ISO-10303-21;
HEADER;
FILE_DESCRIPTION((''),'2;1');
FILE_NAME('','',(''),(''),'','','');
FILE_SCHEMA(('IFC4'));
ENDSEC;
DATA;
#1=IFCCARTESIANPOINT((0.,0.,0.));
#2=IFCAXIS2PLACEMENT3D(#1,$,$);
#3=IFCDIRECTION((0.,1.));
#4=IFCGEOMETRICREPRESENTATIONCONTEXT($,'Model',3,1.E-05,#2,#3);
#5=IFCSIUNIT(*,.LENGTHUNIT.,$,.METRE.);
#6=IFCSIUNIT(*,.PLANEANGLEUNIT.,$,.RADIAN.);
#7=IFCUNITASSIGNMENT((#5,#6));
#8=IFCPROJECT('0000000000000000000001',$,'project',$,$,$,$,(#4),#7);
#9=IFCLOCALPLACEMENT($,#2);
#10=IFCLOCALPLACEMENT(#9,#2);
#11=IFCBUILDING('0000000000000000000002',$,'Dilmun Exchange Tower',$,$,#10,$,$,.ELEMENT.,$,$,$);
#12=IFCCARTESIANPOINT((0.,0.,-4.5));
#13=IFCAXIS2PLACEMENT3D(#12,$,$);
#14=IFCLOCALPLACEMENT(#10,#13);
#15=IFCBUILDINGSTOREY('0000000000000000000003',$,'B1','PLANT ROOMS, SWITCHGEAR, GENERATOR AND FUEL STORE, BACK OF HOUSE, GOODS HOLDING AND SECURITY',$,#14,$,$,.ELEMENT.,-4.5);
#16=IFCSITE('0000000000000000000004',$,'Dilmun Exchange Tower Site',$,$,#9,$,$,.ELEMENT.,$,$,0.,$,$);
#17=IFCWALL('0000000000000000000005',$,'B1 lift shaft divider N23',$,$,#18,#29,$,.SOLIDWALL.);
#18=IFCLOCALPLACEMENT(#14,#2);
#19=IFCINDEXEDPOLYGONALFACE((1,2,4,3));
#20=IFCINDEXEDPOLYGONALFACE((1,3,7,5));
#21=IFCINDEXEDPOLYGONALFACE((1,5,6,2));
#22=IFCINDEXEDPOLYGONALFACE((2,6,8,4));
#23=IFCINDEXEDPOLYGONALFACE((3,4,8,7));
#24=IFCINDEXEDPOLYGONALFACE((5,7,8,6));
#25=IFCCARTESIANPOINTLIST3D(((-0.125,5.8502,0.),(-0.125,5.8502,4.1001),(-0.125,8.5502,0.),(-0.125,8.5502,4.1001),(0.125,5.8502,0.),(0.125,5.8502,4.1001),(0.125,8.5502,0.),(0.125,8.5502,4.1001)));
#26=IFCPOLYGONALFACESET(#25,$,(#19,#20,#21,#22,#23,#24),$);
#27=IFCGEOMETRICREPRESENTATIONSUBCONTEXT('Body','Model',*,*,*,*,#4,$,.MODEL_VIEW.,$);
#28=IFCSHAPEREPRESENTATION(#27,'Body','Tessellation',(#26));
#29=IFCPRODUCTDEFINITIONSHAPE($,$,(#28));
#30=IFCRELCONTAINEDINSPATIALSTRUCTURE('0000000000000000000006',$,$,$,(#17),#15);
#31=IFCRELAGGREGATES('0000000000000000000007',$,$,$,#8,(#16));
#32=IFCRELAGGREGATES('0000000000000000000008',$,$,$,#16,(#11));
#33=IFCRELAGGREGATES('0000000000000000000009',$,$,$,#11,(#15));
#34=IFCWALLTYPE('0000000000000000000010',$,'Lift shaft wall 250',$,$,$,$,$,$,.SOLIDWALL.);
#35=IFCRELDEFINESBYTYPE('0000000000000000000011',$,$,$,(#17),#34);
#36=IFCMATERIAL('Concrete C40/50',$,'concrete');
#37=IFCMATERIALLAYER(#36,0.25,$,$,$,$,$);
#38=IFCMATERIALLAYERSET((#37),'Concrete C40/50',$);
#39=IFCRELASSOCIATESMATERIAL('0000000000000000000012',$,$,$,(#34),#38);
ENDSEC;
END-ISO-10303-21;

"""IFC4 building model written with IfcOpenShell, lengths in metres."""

from ifc_helpers import new_model, si_unit, direction, frame, frame_2d, origin, place, context, subcontext, project, spatial, rectangle, extrude, material, layer, layer_set, type_object, element, save


model = new_model("IFC4")

# Units and contexts
model_context = context("Model", 3, precision=1e-05, world=origin(), true_north=direction((0.0, 1.0)))
body_context = subcontext(model_context, "Body", "Model", "MODEL_VIEW")
ifc_project = project(units=[si_unit("LENGTHUNIT", "METRE"), si_unit("PLANEANGLEUNIT", "RADIAN")], contexts=[model_context])

# Site, building, storey
site_placement = place(None, origin())
site = spatial("IfcSite", under=ifc_project, at=site_placement, Name="Dilmun Exchange Tower Site", CompositionType="ELEMENT", RefElevation=0.0)
building_placement = place(site_placement, origin())
building = spatial("IfcBuilding", under=site, at=building_placement, Name="Dilmun Exchange Tower", CompositionType="ELEMENT")
storey_placement = place(building_placement, frame((0.0, 0.0, -4.5)))
storey = spatial("IfcBuildingStorey", under=building, at=storey_placement, Name="B1", Description="PLANT ROOMS, SWITCHGEAR, GENERATOR AND FUEL STORE, BACK OF HOUSE, GOODS HOLDING AND SECURITY", CompositionType="ELEMENT", Elevation=-4.5)

# Shared definitions
ifc_material_1 = material(Name="Concrete C40/50", Category="concrete")

# Wall
ifc_layer_1 = layer(ifc_material_1, 0.25)
ifc_layer_set_1 = layer_set([ifc_layer_1], Name="Concrete C40/50")
wall_type_1 = type_object("IfcWallType", Name="Lift shaft wall 250", PredefinedType="SOLIDWALL", material=ifc_layer_set_1)
for number, where, z_axis, x_axis, name in (
    (1, (0.0, 5.8501, 0.0), (0.0, 0.0, 1.0), (0.0, 1.0, 0.0), "B1 lift shaft divider N23"),
):
    element("IfcWall", number, at=place(storey_placement, frame(where, z_axis=z_axis, x_axis=x_axis)), inside=storey, type_object=wall_type_1, Name=name, PredefinedType="SOLIDWALL", context=body_context, shape_type="SweptSolid", body=[
        extrude(rectangle(XDim=2.7, YDim=0.25, at=frame_2d((1.3501, 0.0))), origin(), (0.0, 0.0, 1.0), 4.1001),
    ])

save(model, "model.ifc")
